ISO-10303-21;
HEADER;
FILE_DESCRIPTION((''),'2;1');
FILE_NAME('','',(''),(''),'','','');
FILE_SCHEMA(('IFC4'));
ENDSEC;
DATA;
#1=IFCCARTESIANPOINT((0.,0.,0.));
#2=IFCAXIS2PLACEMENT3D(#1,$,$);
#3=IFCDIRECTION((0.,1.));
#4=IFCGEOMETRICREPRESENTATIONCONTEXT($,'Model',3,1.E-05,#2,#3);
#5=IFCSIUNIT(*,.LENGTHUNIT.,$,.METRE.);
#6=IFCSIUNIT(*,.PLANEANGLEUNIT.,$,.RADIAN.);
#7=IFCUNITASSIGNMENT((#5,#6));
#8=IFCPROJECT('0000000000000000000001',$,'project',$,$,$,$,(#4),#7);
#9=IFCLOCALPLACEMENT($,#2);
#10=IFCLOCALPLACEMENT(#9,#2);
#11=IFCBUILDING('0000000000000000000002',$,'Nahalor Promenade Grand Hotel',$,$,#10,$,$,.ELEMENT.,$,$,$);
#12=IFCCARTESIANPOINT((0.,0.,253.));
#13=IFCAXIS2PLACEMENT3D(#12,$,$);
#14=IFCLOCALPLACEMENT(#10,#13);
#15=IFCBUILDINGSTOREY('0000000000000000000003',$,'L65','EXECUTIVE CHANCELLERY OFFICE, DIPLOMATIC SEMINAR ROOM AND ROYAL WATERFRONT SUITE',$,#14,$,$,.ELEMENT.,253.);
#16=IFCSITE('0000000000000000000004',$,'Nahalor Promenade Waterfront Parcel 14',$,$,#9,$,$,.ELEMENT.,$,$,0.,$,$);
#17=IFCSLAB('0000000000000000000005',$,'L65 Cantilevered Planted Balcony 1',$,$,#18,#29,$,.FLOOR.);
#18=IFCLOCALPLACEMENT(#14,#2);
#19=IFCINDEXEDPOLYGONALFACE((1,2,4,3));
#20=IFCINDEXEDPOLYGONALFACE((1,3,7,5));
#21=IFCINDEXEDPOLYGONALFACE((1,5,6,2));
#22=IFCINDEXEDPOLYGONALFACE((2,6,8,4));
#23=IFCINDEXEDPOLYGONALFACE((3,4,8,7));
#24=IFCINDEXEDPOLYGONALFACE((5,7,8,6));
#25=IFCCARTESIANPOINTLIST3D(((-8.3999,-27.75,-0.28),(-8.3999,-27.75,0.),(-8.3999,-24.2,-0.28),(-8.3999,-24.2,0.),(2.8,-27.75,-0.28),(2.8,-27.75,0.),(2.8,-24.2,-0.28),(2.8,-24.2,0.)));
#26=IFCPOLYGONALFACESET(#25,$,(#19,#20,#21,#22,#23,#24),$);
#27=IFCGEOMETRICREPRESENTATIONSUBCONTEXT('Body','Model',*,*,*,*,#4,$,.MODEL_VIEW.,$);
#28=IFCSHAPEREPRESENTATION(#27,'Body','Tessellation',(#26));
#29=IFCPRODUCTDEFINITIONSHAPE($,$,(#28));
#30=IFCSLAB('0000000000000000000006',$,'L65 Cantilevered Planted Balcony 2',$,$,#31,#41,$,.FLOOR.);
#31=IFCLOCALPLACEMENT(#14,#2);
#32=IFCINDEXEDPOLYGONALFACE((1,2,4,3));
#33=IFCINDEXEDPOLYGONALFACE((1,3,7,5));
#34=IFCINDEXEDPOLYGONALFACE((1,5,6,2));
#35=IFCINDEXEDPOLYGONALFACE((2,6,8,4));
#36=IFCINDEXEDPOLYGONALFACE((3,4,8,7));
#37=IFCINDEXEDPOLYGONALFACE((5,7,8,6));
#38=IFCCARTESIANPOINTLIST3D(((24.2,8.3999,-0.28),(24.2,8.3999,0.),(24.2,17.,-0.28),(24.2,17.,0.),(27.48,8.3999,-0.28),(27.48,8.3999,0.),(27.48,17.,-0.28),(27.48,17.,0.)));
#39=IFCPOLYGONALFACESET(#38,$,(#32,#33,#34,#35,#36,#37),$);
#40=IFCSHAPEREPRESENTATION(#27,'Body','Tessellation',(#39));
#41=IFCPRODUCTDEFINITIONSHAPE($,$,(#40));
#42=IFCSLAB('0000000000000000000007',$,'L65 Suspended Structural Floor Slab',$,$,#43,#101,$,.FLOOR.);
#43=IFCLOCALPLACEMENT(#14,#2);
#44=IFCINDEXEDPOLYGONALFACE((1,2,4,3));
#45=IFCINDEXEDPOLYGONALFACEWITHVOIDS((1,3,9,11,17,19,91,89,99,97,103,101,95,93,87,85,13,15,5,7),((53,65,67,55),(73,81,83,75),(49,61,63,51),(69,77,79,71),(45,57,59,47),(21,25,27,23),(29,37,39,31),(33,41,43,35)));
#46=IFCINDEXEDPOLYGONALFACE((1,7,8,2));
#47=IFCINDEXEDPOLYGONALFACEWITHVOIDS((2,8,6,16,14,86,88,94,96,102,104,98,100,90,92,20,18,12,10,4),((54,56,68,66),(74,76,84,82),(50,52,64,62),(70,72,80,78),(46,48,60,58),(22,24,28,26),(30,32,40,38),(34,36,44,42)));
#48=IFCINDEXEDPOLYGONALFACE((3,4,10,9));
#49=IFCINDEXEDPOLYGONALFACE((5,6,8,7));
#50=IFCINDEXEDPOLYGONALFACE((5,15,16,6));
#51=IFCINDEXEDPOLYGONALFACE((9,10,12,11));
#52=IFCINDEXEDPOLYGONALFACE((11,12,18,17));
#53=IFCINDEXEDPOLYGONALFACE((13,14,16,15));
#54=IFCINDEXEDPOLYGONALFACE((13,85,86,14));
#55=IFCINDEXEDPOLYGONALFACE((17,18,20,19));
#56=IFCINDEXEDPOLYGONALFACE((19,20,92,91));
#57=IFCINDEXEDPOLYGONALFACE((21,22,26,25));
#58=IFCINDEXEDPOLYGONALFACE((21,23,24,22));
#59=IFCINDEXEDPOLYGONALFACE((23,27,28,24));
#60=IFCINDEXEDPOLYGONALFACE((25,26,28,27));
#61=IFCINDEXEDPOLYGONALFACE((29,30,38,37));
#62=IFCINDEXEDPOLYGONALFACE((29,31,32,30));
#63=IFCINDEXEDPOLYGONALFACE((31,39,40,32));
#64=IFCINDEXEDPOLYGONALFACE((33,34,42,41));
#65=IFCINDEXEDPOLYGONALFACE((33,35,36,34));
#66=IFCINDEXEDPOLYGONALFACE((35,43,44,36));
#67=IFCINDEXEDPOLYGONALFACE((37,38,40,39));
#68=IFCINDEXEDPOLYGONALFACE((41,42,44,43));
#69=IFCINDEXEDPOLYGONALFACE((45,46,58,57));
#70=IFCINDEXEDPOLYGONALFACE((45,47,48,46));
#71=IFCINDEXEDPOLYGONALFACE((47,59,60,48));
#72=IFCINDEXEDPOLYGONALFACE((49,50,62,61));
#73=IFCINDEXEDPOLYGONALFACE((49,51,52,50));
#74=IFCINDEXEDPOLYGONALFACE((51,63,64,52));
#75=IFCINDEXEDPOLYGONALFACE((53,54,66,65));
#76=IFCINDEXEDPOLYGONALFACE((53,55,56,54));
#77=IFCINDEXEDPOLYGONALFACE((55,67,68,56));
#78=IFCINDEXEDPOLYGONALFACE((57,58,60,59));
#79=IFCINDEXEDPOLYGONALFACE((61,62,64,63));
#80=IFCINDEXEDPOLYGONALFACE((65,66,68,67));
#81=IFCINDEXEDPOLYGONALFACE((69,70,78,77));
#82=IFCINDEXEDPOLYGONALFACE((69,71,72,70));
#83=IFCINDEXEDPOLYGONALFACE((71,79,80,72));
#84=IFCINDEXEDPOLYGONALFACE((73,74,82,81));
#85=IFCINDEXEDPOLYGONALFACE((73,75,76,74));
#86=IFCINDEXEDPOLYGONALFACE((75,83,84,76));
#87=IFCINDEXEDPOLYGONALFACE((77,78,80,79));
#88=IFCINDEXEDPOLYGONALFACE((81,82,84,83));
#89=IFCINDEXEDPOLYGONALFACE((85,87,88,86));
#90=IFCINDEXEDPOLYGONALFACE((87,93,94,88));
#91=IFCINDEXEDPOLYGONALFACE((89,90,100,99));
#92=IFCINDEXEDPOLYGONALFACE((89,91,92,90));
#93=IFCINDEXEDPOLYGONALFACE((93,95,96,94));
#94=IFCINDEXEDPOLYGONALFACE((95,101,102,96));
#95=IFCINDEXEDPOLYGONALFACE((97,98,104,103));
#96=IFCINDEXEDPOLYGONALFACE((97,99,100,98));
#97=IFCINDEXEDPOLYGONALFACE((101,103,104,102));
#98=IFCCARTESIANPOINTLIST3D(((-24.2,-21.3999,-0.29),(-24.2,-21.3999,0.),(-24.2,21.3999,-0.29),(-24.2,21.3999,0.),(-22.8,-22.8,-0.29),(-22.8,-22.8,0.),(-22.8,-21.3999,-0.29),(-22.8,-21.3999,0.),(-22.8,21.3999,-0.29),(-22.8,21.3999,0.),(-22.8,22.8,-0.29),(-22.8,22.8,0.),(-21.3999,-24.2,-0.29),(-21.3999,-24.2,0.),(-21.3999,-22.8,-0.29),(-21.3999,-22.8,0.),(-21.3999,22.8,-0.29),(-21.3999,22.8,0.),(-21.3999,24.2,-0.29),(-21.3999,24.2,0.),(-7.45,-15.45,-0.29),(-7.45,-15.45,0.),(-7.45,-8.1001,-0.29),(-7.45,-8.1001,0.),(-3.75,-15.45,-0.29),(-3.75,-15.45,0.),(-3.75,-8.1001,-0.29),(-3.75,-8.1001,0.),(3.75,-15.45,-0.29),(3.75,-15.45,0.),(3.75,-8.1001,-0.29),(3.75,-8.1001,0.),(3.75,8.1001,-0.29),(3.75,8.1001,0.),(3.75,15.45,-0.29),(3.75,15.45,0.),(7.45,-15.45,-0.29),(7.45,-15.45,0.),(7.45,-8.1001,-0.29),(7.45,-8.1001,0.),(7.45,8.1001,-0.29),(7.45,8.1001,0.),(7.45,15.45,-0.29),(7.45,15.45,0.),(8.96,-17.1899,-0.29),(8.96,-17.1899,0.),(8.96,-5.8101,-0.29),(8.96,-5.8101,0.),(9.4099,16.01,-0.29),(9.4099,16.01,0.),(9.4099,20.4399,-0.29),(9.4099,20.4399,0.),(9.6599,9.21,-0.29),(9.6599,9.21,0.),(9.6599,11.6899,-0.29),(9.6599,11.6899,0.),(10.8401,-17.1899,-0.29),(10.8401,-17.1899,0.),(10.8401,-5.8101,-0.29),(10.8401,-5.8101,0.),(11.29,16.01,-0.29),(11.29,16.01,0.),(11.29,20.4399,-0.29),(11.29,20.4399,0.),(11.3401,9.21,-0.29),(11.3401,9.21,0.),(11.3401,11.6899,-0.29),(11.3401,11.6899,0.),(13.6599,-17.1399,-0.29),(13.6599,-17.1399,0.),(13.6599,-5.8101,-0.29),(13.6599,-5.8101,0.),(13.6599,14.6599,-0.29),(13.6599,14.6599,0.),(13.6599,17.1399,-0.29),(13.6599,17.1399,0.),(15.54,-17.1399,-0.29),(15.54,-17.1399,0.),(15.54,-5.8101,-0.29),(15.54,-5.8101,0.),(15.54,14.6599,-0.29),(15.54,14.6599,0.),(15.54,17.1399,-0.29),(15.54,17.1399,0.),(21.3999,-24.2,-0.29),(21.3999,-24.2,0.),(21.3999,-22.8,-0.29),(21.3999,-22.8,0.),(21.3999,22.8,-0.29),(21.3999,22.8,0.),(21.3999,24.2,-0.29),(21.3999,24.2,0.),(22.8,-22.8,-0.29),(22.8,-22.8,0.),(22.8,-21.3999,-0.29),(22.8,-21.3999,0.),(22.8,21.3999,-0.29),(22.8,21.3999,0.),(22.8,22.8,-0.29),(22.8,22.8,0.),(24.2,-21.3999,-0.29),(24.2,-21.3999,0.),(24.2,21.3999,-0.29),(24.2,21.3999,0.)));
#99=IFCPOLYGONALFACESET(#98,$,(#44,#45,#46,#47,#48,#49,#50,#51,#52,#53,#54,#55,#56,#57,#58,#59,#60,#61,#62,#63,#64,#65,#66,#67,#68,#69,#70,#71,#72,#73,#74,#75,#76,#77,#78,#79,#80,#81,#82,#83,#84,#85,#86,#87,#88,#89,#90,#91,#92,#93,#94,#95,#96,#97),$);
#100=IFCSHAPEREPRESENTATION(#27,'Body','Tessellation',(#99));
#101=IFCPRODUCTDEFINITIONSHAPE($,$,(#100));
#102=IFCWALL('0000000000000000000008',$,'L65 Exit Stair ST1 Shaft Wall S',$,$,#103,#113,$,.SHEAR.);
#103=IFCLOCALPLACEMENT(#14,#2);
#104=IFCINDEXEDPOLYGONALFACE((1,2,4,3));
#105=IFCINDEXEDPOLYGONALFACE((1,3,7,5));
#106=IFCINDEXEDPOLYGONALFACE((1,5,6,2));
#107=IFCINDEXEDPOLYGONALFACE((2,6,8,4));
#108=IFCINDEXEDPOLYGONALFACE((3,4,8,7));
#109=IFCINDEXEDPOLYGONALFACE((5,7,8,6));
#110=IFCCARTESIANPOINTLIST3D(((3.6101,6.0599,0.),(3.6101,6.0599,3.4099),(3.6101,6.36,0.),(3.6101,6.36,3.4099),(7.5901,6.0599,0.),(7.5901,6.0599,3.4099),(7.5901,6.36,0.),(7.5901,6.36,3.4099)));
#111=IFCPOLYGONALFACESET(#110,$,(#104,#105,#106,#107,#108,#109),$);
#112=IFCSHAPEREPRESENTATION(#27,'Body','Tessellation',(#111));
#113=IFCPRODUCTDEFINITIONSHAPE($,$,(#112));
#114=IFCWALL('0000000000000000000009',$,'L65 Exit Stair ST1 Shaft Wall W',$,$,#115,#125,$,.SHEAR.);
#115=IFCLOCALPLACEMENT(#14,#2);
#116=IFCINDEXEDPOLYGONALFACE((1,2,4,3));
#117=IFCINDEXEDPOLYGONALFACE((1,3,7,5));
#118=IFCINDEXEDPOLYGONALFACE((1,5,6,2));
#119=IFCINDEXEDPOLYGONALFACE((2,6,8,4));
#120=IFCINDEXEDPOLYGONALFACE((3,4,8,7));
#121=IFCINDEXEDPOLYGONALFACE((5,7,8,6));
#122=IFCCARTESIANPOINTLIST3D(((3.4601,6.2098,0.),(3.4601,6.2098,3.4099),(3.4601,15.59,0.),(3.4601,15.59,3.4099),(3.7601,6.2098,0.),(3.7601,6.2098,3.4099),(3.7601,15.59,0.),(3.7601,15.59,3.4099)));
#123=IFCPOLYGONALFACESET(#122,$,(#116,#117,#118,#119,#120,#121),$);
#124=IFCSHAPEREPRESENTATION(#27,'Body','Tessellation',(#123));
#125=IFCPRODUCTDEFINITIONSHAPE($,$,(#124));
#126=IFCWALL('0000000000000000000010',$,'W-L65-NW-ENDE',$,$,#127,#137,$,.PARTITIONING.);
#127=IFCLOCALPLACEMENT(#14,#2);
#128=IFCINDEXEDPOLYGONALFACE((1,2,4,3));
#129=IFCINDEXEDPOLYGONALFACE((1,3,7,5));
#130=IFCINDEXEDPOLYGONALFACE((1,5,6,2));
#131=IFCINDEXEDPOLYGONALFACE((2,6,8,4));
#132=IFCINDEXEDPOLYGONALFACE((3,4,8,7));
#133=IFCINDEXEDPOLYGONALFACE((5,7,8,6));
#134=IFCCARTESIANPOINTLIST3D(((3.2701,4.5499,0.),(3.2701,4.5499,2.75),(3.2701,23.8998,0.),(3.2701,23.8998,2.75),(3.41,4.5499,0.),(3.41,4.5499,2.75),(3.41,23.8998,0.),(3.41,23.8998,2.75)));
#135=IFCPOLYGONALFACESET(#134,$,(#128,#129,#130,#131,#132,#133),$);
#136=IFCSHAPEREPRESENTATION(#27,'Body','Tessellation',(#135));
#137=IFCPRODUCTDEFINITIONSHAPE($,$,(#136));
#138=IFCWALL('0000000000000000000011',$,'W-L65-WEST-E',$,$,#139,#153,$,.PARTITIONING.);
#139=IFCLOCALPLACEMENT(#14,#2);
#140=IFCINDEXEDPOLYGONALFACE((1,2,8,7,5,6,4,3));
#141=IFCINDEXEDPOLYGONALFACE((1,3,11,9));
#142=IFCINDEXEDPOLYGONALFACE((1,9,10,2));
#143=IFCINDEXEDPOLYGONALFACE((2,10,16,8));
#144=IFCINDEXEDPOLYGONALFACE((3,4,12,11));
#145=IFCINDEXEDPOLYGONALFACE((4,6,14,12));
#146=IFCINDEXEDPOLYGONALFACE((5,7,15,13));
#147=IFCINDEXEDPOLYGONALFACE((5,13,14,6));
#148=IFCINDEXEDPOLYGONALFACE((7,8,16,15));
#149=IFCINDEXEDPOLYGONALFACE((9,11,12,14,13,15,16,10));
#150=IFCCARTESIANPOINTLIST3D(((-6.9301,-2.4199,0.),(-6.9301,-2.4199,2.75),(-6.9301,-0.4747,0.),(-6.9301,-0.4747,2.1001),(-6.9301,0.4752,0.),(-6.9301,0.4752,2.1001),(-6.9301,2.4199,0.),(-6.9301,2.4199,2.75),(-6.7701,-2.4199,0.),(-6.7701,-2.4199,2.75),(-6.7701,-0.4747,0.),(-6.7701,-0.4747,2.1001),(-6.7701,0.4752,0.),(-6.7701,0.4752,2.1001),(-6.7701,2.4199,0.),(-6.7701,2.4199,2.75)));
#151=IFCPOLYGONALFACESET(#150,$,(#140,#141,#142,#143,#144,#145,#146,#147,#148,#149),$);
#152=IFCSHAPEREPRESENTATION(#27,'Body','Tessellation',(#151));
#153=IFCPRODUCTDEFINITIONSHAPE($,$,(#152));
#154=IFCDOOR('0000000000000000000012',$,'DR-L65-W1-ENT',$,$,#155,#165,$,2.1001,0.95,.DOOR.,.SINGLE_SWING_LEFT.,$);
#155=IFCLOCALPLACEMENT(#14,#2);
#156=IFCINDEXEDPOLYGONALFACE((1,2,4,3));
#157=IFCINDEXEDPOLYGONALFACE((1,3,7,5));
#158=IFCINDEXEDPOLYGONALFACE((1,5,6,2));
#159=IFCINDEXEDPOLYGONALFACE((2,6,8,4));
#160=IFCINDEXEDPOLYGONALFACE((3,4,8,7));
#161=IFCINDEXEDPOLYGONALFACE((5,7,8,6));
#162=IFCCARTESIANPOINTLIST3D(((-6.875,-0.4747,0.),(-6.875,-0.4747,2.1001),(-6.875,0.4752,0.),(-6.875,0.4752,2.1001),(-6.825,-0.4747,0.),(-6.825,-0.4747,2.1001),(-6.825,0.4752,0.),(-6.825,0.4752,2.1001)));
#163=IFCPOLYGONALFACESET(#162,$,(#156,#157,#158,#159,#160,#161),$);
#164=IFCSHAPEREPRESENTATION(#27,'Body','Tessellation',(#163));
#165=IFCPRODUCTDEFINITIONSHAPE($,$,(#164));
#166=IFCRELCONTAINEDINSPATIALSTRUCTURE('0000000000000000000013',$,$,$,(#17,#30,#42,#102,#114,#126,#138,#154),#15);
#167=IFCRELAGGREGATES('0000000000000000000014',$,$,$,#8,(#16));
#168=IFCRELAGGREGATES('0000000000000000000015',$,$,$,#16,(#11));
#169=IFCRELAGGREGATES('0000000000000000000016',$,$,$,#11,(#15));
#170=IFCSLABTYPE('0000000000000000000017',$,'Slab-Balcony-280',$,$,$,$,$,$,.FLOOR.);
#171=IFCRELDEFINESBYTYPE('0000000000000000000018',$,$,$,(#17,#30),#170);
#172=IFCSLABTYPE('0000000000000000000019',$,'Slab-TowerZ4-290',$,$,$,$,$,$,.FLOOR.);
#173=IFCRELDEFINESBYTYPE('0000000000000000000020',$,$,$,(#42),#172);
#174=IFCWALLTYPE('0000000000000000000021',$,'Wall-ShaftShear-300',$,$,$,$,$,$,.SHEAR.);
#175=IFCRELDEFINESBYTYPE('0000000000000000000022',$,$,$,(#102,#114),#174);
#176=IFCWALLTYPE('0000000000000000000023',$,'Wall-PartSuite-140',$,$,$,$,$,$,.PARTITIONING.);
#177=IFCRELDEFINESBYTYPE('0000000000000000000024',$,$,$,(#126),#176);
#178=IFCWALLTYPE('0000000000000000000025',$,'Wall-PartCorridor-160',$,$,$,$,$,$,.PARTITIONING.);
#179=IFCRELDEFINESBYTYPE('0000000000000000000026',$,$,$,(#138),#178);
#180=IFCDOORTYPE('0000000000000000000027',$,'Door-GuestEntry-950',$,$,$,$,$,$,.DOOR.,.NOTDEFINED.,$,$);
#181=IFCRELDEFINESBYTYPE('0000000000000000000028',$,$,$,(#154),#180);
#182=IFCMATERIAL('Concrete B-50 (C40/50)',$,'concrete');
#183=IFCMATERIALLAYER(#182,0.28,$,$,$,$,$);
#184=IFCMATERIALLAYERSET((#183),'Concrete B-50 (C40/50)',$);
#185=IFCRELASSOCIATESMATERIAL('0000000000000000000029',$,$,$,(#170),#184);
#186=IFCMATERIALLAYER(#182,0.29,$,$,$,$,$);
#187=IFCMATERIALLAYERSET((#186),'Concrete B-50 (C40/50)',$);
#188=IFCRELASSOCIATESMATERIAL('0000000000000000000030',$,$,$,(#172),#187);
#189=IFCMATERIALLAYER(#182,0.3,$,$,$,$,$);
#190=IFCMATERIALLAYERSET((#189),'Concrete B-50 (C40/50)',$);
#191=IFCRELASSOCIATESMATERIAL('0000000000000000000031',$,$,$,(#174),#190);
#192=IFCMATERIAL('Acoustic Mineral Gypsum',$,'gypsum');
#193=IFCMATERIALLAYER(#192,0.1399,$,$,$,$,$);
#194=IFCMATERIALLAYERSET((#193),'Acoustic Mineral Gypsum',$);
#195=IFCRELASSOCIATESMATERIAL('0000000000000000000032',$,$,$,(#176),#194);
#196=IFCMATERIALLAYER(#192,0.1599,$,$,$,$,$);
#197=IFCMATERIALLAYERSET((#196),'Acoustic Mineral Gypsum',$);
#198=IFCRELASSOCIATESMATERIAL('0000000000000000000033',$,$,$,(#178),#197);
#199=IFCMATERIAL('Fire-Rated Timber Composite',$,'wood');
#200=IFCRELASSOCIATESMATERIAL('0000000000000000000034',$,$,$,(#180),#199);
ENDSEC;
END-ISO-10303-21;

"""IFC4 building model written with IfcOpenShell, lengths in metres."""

from ifc_helpers import new_model, si_unit, direction, frame, frame_2d, origin, place, context, subcontext, project, spatial, polyline, rectangle, outline, extrude, source, transform, mapped, material, layer, layer_set, type_object, element, fill, save


model = new_model("IFC4")

# Units and contexts
model_context = context("Model", 3, precision=1e-05, world=origin(), true_north=direction((0.0, 1.0)))
body_context = subcontext(model_context, "Body", "Model", "MODEL_VIEW")
ifc_project = project(units=[si_unit("LENGTHUNIT", "METRE"), si_unit("PLANEANGLEUNIT", "RADIAN")], contexts=[model_context])

# Site, building, storey
site_placement = place(None, origin())
site = spatial("IfcSite", under=ifc_project, at=site_placement, Name="Nahalor Promenade Waterfront Parcel 14", CompositionType="ELEMENT", RefElevation=0.0)
building_placement = place(site_placement, origin())
building = spatial("IfcBuilding", under=site, at=building_placement, Name="Nahalor Promenade Grand Hotel", CompositionType="ELEMENT")
storey_placement = place(building_placement, frame((0.0, 0.0, 253.0)))
storey = spatial("IfcBuildingStorey", under=building, at=storey_placement, Name="L65", Description="EXECUTIVE CHANCELLERY OFFICE, DIPLOMATIC SEMINAR ROOM AND ROYAL WATERFRONT SUITE", CompositionType="ELEMENT", Elevation=253.0)

# Shared definitions
ifc_material_1 = material(Name="Concrete B-50 (C40/50)", Category="concrete")

# Slabs
ifc_layer_1 = layer(ifc_material_1, 0.28)
ifc_layer_set_1 = layer_set([ifc_layer_1], Name="Concrete B-50 (C40/50)")
slab_type_1 = type_object("IfcSlabType", Name="Slab-Balcony-280", PredefinedType="FLOOR", material=ifc_layer_set_1)
slab_1_placement = place(storey_placement, frame((0.0, 0.0, -0.28)))
element("IfcSlab", 1, at=slab_1_placement, inside=storey, type_object=slab_type_1, Name="L65 Cantilevered Planted Balcony 1", PredefinedType="FLOOR", context=body_context, shape_type="SweptSolid", body=[
    extrude(outline(polyline([(-8.3999, -27.75), (2.8, -27.75), (2.8, -24.2), (-8.3999, -24.2), (-8.3999, -27.75)])), origin(), (0.0, 0.0, 1.0), 0.28),
])
slab_2_placement = place(storey_placement, frame((0.0, 0.0, -0.28)))
element("IfcSlab", 2, at=slab_2_placement, inside=storey, type_object=slab_type_1, Name="L65 Cantilevered Planted Balcony 2", PredefinedType="FLOOR", context=body_context, shape_type="SweptSolid", body=[
    extrude(outline(polyline([(24.2, 8.3999), (27.48, 8.3999), (27.48, 17.0), (24.2, 17.0), (24.2, 8.3999)])), origin(), (0.0, 0.0, 1.0), 0.28),
])
ifc_layer_2 = layer(ifc_material_1, 0.29)
ifc_layer_set_2 = layer_set([ifc_layer_2], Name="Concrete B-50 (C40/50)")
slab_type_2 = type_object("IfcSlabType", Name="Slab-TowerZ4-290", PredefinedType="FLOOR", material=ifc_layer_set_2)
slab_3_placement = place(storey_placement, frame((0.0, 0.0, -0.29)))
element("IfcSlab", 3, at=slab_3_placement, inside=storey, type_object=slab_type_2, Name="L65 Suspended Structural Floor Slab", PredefinedType="FLOOR", context=body_context, shape_type="SweptSolid", body=[
    extrude(outline(polyline([(-21.3999, -24.2), (21.3999, -24.2), (21.3999, -22.8), (22.8, -22.8), (22.8, -21.3999), (24.2, -21.3999), (24.2, 21.3999), (22.8, 21.3999), (22.8, 22.8), (21.3999, 22.8), (21.3999, 24.2), (-21.3999, 24.2), (-21.3999, 22.8), (-22.8, 22.8), (-22.8, 21.3999), (-24.2, 21.3999), (-24.2, -21.3999), (-22.8, -21.3999), (-22.8, -22.8), (-21.3999, -22.8), (-21.3999, -24.2)]), holes=[polyline([(3.75, 8.1001), (7.45, 8.1001), (7.45, 15.45), (3.75, 15.45), (3.75, 8.1001)]), polyline([(3.75, -15.45), (7.45, -15.45), (7.45, -8.1001), (3.75, -8.1001), (3.75, -15.45)]), polyline([(-7.45, -15.45), (-3.75, -15.45), (-3.75, -8.1001), (-7.45, -8.1001), (-7.45, -15.45)]), polyline([(13.6599, -17.1399), (15.54, -17.1399), (15.54, -5.8101), (13.6599, -5.8101), (13.6599, -17.1399)]), polyline([(8.96, -17.1899), (10.8401, -17.1899), (10.8401, -5.8101), (8.96, -5.8101), (8.96, -17.1899)]), polyline([(9.4099, 16.01), (11.29, 16.01), (11.29, 20.4399), (9.4099, 20.4399), (9.4099, 16.01)]), polyline([(9.6599, 9.21), (11.3401, 9.21), (11.3401, 11.6899), (9.6599, 11.6899), (9.6599, 9.21)]), polyline([(13.6599, 14.6599), (15.54, 14.6599), (15.54, 17.1399), (13.6599, 17.1399), (13.6599, 14.6599)])]), origin(), (0.0, 0.0, 1.0), 0.29),
])

# Walls
ifc_layer_3 = layer(ifc_material_1, 0.3)
ifc_layer_set_3 = layer_set([ifc_layer_3], Name="Concrete B-50 (C40/50)")
wall_type_1 = type_object("IfcWallType", Name="Wall-ShaftShear-300", PredefinedType="SHEAR", material=ifc_layer_set_3)
shared_shape_1 = source(origin(), body_context, "Body", "SweptSolid", [
    extrude(rectangle(XDim=3.98, YDim=0.3, at=frame_2d((1.99, 0.0))), origin(), (0.0, 0.0, 1.0), 3.4099),
])
wall_1_placement = place(storey_placement, frame((3.6101, 6.21, 0.0), z_axis=(0.0, 0.0, 1.0), x_axis=(1.0, 0.0, 0.0)))
element("IfcWall", 4, at=wall_1_placement, inside=storey, type_object=wall_type_1, Name="L65 Exit Stair ST1 Shaft Wall S", PredefinedType="SHEAR", context=body_context, shape_type="MappedRepresentation", body=[
    mapped(shared_shape_1, transform((0.0, 0.0, 0.0), scale=1.0)),
])
shared_shape_2 = source(origin(), body_context, "Body", "SweptSolid", [
    extrude(rectangle(XDim=9.3801, YDim=0.3, at=frame_2d((4.6899, 0.0))), origin(), (0.0, 0.0, 1.0), 3.4099),
])
wall_2_placement = place(storey_placement, frame((3.6101, 6.21, 0.0), z_axis=(0.0, 0.0, 1.0), x_axis=(0.0, 1.0, 0.0)))
element("IfcWall", 5, at=wall_2_placement, inside=storey, type_object=wall_type_1, Name="L65 Exit Stair ST1 Shaft Wall W", PredefinedType="SHEAR", context=body_context, shape_type="MappedRepresentation", body=[
    mapped(shared_shape_2, transform((0.0, 0.0, 0.0), scale=1.0)),
])
ifc_material_2 = material(Name="Acoustic Mineral Gypsum", Category="gypsum")
ifc_layer_4 = layer(ifc_material_2, 0.1399)
ifc_layer_set_4 = layer_set([ifc_layer_4], Name="Acoustic Mineral Gypsum")
wall_type_2 = type_object("IfcWallType", Name="Wall-PartSuite-140", PredefinedType="PARTITIONING", material=ifc_layer_set_4)
shared_shape_3 = source(origin(), body_context, "Body", "SweptSolid", [
    extrude(rectangle(XDim=19.3499, YDim=0.1399, at=frame_2d((9.6748, 0.0))), origin(), (0.0, 0.0, 1.0), 2.75),
])
wall_3_placement = place(storey_placement, frame((3.3401, 4.55, 0.0), z_axis=(0.0, 0.0, 1.0), x_axis=(0.0, 1.0, 0.0)))
element("IfcWall", 6, at=wall_3_placement, inside=storey, type_object=wall_type_2, Name="W-L65-NW-ENDE", PredefinedType="PARTITIONING", context=body_context, shape_type="MappedRepresentation", body=[
    mapped(shared_shape_3, transform((0.0, 0.0, 0.0), scale=1.0)),
])

# Wall, opening, door
ifc_layer_5 = layer(ifc_material_2, 0.1599)
ifc_layer_set_5 = layer_set([ifc_layer_5], Name="Acoustic Mineral Gypsum")
wall_type_3 = type_object("IfcWallType", Name="Wall-PartCorridor-160", PredefinedType="PARTITIONING", material=ifc_layer_set_5)
shared_shape_4 = source(origin(), body_context, "Body", "SweptSolid", [
    extrude(rectangle(XDim=4.8398, YDim=0.1599, at=frame_2d((2.4199, 0.0))), origin(), (0.0, 0.0, 1.0), 2.75),
])
wall_4_placement = place(storey_placement, frame((-6.8501, -2.4199, 0.0), z_axis=(0.0, 0.0, 1.0), x_axis=(0.0, 1.0, 0.0)))
wall_4 = element("IfcWall", 7, at=wall_4_placement, inside=storey, type_object=wall_type_3, Name="W-L65-WEST-E", PredefinedType="PARTITIONING", context=body_context, shape_type="MappedRepresentation", body=[
    mapped(shared_shape_4, transform((0.0, 0.0, 0.0), scale=1.0)),
])
opening_1_placement = place(wall_4_placement, frame((1.9451, 0.0, 0.0)))
opening_1 = element("IfcOpeningElement", 8, at=opening_1_placement, cuts=wall_4, PredefinedType="OPENING", context=body_context, shape_type="SweptSolid", body=[
    extrude(rectangle(XDim=0.95, YDim=2.1001, at=frame_2d((0.4751, 1.05))), frame((0.0, 0.0898, 0.0), z_axis=(0.0, -1.0, 0.0), x_axis=(1.0, 0.0, 0.0)), (0.0, 0.0, 1.0), 0.1799),
])
ifc_material_3 = material(Name="Fire-Rated Timber Composite", Category="wood")
door_type_1 = type_object("IfcDoorType", Name="Door-GuestEntry-950", OperationType="NOTDEFINED", PredefinedType="DOOR", material=ifc_material_3)
shared_shape_5 = source(origin(), body_context, "Body", "SweptSolid", [
    extrude(rectangle(XDim=0.95, YDim=2.1001, at=frame_2d((0.4751, 1.05))), frame((0.0, 0.0249, 0.0), z_axis=(0.0, -1.0, 0.0), x_axis=(1.0, 0.0, 0.0)), (0.0, 0.0, 1.0), 0.05),
])
door_1_placement = place(opening_1_placement, origin())
door_1 = element("IfcDoor", 9, at=door_1_placement, inside=storey, type_object=door_type_1, Name="DR-L65-W1-ENT", OperationType="SINGLE_SWING_LEFT", OverallHeight=2.1001, OverallWidth=0.95, PredefinedType="DOOR", context=body_context, shape_type="MappedRepresentation", body=[
    mapped(shared_shape_5, transform((0.0, 0.0, 0.0), scale=1.0)),
])
fill(opening_1, door_1)

save(model, "model.ifc")
